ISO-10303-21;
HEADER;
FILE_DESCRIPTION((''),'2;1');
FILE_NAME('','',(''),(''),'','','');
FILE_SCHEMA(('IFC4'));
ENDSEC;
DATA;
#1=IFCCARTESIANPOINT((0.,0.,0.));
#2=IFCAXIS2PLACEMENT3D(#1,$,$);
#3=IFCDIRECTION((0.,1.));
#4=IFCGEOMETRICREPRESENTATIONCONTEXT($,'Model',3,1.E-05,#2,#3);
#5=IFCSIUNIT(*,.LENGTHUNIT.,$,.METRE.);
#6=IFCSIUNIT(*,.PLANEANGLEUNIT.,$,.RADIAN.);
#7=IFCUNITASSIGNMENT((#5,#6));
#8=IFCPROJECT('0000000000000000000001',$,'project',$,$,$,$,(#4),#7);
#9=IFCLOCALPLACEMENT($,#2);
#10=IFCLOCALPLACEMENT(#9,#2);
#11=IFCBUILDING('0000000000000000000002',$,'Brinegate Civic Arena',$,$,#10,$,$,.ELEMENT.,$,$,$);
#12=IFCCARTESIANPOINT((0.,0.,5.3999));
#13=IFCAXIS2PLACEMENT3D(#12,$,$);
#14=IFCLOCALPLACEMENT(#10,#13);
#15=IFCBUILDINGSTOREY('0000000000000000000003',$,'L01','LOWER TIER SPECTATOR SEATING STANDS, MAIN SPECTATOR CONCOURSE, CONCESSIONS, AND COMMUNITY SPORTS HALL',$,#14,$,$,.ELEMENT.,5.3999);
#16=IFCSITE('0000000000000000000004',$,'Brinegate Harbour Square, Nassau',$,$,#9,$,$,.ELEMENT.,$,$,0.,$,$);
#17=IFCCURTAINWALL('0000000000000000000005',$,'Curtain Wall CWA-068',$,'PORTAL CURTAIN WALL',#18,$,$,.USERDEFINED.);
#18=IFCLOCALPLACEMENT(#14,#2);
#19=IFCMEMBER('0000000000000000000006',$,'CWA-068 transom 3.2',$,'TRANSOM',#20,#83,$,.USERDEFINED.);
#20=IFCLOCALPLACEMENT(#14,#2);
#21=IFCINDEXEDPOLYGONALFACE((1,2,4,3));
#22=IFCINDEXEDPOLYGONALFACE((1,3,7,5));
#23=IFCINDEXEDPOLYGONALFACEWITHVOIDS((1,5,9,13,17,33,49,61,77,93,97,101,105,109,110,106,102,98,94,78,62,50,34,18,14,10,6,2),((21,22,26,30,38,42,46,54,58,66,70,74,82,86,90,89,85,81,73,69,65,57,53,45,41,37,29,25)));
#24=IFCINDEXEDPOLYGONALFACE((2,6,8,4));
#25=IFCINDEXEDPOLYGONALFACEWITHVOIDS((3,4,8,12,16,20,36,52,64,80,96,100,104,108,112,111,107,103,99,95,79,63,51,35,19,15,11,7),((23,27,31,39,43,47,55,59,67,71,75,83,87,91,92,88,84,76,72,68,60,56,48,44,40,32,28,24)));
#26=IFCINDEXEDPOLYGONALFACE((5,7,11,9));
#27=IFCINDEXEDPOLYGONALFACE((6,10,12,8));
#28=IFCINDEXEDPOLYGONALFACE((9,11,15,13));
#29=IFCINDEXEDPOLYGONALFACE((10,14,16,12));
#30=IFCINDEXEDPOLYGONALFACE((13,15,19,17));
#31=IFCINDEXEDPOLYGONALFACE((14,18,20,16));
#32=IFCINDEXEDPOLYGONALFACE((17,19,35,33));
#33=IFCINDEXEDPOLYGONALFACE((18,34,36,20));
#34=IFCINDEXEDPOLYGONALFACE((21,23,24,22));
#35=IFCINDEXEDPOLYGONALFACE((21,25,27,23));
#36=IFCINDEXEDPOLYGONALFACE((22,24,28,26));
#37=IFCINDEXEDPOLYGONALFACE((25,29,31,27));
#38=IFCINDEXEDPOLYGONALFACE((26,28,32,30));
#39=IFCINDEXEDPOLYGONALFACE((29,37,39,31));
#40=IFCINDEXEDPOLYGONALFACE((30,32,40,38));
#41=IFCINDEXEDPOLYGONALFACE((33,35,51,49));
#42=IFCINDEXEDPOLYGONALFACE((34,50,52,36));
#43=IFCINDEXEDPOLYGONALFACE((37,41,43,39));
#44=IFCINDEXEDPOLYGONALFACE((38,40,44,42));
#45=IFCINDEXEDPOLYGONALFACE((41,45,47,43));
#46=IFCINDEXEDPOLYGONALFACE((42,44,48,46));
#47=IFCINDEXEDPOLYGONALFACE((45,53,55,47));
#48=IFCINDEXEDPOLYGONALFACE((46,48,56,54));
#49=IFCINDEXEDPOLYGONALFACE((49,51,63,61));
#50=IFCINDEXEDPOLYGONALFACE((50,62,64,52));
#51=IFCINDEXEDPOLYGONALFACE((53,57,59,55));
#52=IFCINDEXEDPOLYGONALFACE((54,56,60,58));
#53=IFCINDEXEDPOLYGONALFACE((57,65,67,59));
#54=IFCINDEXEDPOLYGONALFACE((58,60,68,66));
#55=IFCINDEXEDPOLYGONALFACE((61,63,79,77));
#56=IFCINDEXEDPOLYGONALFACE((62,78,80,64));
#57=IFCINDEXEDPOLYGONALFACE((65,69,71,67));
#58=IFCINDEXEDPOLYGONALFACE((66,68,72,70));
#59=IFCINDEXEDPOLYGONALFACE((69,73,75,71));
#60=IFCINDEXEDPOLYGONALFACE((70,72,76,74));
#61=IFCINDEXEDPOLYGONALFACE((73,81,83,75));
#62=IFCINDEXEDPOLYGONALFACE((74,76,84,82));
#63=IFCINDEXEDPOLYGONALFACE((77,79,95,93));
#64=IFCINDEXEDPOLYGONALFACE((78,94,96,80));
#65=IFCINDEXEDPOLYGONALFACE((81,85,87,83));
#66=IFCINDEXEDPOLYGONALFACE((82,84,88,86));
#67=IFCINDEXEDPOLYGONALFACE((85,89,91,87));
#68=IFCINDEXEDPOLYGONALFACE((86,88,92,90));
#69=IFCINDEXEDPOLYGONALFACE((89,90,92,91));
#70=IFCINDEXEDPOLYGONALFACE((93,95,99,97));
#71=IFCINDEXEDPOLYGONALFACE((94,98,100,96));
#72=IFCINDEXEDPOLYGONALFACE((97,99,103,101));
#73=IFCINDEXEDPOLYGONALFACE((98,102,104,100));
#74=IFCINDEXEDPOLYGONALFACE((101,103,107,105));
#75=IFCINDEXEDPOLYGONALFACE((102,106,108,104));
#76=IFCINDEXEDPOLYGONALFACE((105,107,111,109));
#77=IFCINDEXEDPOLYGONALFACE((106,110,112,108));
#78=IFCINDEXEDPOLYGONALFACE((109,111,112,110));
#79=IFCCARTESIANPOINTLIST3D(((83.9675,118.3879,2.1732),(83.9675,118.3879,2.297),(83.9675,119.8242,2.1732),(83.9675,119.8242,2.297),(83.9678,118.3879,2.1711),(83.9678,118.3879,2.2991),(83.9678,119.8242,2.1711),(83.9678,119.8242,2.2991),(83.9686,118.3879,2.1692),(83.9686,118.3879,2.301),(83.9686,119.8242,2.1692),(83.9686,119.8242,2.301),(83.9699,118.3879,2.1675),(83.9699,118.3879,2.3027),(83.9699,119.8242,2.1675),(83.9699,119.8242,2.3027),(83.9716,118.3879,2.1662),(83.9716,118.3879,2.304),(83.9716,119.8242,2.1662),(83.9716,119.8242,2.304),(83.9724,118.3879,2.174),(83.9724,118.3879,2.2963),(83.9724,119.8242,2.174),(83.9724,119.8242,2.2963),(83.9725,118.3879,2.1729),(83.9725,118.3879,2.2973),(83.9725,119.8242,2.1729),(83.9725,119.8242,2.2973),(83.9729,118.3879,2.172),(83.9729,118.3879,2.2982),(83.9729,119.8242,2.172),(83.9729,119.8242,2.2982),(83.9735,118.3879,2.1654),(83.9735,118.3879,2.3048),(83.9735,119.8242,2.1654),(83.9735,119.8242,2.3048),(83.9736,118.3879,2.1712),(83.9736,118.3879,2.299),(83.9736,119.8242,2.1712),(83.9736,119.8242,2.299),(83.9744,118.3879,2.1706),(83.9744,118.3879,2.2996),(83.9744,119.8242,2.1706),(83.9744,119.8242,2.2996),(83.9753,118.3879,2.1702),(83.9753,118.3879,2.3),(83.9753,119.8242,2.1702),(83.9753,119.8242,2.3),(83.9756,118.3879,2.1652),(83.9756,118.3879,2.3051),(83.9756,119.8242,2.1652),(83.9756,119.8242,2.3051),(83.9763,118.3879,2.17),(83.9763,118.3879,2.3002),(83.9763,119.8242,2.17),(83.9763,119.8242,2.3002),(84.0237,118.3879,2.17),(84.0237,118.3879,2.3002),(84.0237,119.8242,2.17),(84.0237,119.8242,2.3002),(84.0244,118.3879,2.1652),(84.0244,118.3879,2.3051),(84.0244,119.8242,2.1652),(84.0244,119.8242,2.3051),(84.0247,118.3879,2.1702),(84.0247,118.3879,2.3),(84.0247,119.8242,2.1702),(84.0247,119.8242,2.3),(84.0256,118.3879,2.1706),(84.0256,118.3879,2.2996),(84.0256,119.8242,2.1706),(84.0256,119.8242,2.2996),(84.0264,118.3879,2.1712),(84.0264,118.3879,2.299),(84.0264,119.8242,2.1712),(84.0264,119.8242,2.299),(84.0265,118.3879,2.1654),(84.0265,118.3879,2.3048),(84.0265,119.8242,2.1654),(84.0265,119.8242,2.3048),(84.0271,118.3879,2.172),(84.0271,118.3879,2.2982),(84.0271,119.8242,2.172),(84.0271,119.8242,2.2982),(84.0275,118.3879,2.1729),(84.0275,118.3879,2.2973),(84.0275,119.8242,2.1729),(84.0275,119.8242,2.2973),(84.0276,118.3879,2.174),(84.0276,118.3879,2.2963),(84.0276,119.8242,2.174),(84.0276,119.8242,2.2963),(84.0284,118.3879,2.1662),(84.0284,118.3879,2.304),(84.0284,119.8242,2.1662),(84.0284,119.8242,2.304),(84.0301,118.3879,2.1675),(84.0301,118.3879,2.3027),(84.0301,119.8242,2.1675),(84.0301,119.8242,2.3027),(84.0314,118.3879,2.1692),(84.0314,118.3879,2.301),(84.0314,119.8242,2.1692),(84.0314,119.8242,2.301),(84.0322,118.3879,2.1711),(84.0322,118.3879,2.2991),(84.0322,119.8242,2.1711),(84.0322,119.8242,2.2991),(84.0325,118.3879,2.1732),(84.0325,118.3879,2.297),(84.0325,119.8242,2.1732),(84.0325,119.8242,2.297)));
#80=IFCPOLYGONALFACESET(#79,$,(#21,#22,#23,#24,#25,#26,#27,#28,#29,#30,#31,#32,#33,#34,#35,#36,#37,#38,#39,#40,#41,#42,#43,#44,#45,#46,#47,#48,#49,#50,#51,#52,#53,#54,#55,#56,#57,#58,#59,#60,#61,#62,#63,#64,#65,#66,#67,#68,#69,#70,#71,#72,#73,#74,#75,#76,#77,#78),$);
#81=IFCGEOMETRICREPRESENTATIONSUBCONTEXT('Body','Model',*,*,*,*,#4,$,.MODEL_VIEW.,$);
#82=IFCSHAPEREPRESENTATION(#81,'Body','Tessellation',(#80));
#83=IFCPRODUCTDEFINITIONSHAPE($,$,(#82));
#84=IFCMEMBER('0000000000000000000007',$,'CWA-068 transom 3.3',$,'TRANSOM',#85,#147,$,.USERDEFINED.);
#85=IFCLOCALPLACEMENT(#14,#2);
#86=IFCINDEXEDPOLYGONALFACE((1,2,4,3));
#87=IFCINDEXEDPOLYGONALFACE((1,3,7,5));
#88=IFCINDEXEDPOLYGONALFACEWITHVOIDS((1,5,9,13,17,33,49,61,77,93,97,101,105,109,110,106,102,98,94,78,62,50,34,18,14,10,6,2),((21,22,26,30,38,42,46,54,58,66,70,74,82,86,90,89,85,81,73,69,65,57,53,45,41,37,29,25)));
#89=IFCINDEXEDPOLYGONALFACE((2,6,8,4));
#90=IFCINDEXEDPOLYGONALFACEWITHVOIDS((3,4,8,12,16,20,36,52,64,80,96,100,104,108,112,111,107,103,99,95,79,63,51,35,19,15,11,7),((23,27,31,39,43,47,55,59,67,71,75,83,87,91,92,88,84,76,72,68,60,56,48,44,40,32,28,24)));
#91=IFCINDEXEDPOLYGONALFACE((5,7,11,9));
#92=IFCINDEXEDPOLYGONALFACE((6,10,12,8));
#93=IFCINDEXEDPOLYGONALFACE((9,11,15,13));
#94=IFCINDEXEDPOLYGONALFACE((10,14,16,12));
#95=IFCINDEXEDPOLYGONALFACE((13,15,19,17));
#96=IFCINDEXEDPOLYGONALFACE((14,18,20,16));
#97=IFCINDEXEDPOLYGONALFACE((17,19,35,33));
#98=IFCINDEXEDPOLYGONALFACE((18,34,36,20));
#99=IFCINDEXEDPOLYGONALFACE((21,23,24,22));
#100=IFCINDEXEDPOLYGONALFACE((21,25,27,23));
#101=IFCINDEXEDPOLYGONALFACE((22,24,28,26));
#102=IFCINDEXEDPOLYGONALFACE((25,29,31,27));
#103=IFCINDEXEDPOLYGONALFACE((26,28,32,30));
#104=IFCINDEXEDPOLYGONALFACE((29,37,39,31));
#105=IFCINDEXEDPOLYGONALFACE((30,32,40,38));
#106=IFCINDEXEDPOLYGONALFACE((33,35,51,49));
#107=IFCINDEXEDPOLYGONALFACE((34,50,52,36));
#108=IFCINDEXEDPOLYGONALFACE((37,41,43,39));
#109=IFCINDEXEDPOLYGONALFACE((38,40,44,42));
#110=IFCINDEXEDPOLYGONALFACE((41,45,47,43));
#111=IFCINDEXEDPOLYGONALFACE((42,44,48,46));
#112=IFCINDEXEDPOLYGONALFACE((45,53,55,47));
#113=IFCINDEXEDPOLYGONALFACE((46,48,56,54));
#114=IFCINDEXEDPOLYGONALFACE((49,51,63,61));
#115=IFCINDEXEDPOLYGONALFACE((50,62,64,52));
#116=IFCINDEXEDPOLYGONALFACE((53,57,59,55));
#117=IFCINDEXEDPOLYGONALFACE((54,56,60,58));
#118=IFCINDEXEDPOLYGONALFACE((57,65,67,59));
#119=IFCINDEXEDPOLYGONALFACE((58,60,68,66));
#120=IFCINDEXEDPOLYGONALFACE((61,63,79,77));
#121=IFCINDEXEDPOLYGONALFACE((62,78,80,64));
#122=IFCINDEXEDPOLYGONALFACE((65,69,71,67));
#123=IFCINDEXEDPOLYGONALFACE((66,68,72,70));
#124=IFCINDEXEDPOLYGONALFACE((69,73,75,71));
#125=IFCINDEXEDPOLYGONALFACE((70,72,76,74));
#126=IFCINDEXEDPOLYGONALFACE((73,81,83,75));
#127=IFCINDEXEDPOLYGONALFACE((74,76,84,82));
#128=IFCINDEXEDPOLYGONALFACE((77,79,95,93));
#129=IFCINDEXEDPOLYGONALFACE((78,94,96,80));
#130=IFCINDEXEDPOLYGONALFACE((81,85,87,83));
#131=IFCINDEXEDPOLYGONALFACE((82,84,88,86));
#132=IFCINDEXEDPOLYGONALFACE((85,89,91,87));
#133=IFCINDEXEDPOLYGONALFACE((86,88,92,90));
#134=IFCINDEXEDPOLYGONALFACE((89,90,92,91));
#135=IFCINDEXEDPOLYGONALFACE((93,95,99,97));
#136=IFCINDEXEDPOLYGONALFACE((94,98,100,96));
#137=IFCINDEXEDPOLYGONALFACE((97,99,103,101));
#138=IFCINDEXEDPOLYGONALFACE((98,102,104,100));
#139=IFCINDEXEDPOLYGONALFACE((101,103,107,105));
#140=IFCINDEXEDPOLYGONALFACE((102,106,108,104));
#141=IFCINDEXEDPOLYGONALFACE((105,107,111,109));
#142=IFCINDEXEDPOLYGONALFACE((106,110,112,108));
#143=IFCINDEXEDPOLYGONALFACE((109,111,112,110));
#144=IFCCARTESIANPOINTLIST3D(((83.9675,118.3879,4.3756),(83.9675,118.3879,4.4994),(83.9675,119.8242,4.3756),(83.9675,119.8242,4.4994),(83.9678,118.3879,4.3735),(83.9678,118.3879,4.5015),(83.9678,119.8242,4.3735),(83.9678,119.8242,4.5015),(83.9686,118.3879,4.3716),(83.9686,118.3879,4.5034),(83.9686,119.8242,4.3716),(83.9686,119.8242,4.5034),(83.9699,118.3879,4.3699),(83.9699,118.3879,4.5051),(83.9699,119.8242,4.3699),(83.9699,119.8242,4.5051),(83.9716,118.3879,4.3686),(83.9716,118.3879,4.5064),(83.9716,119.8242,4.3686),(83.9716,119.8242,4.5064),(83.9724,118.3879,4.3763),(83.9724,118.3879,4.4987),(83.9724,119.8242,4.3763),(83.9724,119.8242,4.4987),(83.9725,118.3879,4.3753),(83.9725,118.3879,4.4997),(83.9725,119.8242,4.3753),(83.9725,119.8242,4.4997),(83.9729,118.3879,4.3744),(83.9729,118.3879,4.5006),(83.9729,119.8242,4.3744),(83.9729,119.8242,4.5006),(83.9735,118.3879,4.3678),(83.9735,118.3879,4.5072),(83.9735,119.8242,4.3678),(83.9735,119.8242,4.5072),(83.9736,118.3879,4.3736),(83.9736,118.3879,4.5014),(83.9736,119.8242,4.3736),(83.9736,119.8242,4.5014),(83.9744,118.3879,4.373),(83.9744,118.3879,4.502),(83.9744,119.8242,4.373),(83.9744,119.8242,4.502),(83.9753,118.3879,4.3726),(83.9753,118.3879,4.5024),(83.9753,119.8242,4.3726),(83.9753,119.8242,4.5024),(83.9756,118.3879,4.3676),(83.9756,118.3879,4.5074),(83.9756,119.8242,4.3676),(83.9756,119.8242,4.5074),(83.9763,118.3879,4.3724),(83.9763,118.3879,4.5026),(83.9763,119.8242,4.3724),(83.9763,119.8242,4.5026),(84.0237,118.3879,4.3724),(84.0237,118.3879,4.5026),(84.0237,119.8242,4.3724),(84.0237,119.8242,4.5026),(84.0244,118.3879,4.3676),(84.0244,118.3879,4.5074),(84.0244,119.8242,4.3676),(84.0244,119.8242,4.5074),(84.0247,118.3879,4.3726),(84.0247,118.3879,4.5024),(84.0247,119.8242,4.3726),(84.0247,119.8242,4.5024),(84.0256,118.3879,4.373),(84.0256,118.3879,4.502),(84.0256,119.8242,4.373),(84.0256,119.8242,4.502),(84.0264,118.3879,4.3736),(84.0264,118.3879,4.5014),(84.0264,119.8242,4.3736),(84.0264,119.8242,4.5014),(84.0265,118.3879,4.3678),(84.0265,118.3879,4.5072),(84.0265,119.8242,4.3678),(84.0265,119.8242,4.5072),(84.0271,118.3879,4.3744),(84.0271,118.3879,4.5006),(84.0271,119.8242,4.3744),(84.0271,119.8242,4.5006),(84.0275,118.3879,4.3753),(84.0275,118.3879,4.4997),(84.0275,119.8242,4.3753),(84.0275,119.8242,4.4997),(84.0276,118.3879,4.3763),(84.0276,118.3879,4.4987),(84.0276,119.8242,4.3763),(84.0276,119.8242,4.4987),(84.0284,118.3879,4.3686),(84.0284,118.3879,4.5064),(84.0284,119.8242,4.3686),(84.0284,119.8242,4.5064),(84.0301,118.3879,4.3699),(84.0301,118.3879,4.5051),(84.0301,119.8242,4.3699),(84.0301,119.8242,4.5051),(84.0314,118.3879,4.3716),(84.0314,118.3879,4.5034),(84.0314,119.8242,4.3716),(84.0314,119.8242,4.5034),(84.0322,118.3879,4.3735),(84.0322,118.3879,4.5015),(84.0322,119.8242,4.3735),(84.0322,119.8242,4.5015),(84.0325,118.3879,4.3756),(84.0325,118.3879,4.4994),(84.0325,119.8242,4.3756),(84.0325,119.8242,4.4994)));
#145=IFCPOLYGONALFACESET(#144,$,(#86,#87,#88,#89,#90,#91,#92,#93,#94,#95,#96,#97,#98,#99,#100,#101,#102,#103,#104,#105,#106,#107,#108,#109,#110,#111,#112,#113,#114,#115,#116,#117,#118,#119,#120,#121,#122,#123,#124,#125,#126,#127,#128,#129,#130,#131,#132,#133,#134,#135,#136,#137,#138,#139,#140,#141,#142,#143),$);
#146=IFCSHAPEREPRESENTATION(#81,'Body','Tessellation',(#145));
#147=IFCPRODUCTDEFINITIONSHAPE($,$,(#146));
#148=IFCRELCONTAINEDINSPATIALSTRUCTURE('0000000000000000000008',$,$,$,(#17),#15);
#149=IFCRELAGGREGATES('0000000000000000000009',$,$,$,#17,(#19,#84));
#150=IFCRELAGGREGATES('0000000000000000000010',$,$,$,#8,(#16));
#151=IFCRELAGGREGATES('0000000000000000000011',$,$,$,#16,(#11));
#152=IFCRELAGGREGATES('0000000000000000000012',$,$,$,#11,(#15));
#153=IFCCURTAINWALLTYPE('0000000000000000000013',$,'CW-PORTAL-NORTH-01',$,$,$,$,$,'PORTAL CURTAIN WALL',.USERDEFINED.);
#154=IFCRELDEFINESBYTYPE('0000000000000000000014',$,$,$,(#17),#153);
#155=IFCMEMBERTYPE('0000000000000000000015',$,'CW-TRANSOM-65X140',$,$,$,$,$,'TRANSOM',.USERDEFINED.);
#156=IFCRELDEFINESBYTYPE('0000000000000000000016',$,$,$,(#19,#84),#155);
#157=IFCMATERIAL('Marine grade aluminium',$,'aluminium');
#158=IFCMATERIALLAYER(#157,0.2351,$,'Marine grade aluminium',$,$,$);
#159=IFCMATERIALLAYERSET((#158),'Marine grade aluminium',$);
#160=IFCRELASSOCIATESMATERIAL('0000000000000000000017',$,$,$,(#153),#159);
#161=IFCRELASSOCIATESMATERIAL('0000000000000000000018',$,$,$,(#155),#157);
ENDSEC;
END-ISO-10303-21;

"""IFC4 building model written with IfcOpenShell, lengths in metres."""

from ifc_helpers import new_model, si_unit, direction, frame, origin, origin_2d, place, context, subcontext, project, spatial, hollow_rectangle, extrude, material, layer, layer_set, material_profile, profile_set, type_object, element, aggregate, save


model = new_model("IFC4")

# Units and contexts
model_context = context("Model", 3, precision=1e-05, world=origin(), true_north=direction((0.0, 1.0)))
body_context = subcontext(model_context, "Body", "Model", "MODEL_VIEW")
ifc_project = project(units=[si_unit("LENGTHUNIT", "METRE"), si_unit("PLANEANGLEUNIT", "RADIAN")], contexts=[model_context])

# Site, building, storey
site_placement = place(None, origin())
site = spatial("IfcSite", under=ifc_project, at=site_placement, Name="Brinegate Harbour Square, Nassau", CompositionType="ELEMENT", RefElevation=0.0)
building_placement = place(site_placement, origin())
building = spatial("IfcBuilding", under=site, at=building_placement, Name="Brinegate Civic Arena", CompositionType="ELEMENT")
storey_placement = place(building_placement, frame((0.0, 0.0, 5.3999)))
storey = spatial("IfcBuildingStorey", under=building, at=storey_placement, Name="L01", Description="LOWER TIER SPECTATOR SEATING STANDS, MAIN SPECTATOR CONCOURSE, CONCESSIONS, AND COMMUNITY SPORTS HALL", CompositionType="ELEMENT", Elevation=5.3999)

# Curtain wall, members
ifc_material_1 = material(Name="Marine grade aluminium", Category="aluminium")
ifc_layer_1 = layer(ifc_material_1, 0.2351, Name="Marine grade aluminium")
ifc_layer_set_1 = layer_set([ifc_layer_1], Name="Marine grade aluminium")
curtain_wall_type = type_object("IfcCurtainWallType", Name="CW-PORTAL-NORTH-01", ElementType="PORTAL CURTAIN WALL", PredefinedType="USERDEFINED", material=ifc_layer_set_1)
curtain_wall_placement = place(storey_placement, origin())
curtain_wall = element("IfcCurtainWall", 1, at=curtain_wall_placement, inside=storey, type_object=curtain_wall_type, Name="Curtain Wall CWA-068", ObjectType="PORTAL CURTAIN WALL", PredefinedType="USERDEFINED")
ifc_material_profile_1 = material_profile(ifc_material_1, hollow_rectangle(XDim=0.0649, YDim=0.1399, WallThickness=0.0049, InnerFilletRadius=0.0039, OuterFilletRadius=0.0081, at=origin_2d()), Name="TRN65X140")
ifc_profile_set_1 = profile_set([ifc_material_profile_1], Name="Marine grade aluminium")
member_type_1 = type_object("IfcMemberType", Name="CW-TRANSOM-65X140", ElementType="TRANSOM", PredefinedType="USERDEFINED", material=ifc_profile_set_1)
member_1_placement = place(storey_placement, frame((84.0, 118.3879, 2.2351), z_axis=(0.0, 1.0, 0.0), x_axis=(-1.0, 0.0, 0.0)))
member_1 = element("IfcMember", 2, at=member_1_placement, type_object=member_type_1, Name="CWA-068 transom 3.2", ObjectType="TRANSOM", PredefinedType="USERDEFINED", context=body_context, shape_type="SweptSolid", body=[
    extrude(hollow_rectangle(XDim=0.0649, YDim=0.1399, WallThickness=0.0049, InnerFilletRadius=0.0039, OuterFilletRadius=0.0081, at=origin_2d()), origin(), (0.0, 0.0, 1.0), 1.4363),
])
member_2_placement = place(storey_placement, frame((84.0, 118.3879, 4.4375), z_axis=(0.0, 1.0, 0.0), x_axis=(-1.0, 0.0, 0.0)))
member_2 = element("IfcMember", 3, at=member_2_placement, type_object=member_type_1, Name="CWA-068 transom 3.3", ObjectType="TRANSOM", PredefinedType="USERDEFINED", context=body_context, shape_type="SweptSolid", body=[
    extrude(hollow_rectangle(XDim=0.0649, YDim=0.1399, WallThickness=0.0049, InnerFilletRadius=0.0039, OuterFilletRadius=0.0081, at=origin_2d()), origin(), (0.0, 0.0, 1.0), 1.4363),
])
aggregate(curtain_wall, [member_1, member_2])

save(model, "model.ifc")
